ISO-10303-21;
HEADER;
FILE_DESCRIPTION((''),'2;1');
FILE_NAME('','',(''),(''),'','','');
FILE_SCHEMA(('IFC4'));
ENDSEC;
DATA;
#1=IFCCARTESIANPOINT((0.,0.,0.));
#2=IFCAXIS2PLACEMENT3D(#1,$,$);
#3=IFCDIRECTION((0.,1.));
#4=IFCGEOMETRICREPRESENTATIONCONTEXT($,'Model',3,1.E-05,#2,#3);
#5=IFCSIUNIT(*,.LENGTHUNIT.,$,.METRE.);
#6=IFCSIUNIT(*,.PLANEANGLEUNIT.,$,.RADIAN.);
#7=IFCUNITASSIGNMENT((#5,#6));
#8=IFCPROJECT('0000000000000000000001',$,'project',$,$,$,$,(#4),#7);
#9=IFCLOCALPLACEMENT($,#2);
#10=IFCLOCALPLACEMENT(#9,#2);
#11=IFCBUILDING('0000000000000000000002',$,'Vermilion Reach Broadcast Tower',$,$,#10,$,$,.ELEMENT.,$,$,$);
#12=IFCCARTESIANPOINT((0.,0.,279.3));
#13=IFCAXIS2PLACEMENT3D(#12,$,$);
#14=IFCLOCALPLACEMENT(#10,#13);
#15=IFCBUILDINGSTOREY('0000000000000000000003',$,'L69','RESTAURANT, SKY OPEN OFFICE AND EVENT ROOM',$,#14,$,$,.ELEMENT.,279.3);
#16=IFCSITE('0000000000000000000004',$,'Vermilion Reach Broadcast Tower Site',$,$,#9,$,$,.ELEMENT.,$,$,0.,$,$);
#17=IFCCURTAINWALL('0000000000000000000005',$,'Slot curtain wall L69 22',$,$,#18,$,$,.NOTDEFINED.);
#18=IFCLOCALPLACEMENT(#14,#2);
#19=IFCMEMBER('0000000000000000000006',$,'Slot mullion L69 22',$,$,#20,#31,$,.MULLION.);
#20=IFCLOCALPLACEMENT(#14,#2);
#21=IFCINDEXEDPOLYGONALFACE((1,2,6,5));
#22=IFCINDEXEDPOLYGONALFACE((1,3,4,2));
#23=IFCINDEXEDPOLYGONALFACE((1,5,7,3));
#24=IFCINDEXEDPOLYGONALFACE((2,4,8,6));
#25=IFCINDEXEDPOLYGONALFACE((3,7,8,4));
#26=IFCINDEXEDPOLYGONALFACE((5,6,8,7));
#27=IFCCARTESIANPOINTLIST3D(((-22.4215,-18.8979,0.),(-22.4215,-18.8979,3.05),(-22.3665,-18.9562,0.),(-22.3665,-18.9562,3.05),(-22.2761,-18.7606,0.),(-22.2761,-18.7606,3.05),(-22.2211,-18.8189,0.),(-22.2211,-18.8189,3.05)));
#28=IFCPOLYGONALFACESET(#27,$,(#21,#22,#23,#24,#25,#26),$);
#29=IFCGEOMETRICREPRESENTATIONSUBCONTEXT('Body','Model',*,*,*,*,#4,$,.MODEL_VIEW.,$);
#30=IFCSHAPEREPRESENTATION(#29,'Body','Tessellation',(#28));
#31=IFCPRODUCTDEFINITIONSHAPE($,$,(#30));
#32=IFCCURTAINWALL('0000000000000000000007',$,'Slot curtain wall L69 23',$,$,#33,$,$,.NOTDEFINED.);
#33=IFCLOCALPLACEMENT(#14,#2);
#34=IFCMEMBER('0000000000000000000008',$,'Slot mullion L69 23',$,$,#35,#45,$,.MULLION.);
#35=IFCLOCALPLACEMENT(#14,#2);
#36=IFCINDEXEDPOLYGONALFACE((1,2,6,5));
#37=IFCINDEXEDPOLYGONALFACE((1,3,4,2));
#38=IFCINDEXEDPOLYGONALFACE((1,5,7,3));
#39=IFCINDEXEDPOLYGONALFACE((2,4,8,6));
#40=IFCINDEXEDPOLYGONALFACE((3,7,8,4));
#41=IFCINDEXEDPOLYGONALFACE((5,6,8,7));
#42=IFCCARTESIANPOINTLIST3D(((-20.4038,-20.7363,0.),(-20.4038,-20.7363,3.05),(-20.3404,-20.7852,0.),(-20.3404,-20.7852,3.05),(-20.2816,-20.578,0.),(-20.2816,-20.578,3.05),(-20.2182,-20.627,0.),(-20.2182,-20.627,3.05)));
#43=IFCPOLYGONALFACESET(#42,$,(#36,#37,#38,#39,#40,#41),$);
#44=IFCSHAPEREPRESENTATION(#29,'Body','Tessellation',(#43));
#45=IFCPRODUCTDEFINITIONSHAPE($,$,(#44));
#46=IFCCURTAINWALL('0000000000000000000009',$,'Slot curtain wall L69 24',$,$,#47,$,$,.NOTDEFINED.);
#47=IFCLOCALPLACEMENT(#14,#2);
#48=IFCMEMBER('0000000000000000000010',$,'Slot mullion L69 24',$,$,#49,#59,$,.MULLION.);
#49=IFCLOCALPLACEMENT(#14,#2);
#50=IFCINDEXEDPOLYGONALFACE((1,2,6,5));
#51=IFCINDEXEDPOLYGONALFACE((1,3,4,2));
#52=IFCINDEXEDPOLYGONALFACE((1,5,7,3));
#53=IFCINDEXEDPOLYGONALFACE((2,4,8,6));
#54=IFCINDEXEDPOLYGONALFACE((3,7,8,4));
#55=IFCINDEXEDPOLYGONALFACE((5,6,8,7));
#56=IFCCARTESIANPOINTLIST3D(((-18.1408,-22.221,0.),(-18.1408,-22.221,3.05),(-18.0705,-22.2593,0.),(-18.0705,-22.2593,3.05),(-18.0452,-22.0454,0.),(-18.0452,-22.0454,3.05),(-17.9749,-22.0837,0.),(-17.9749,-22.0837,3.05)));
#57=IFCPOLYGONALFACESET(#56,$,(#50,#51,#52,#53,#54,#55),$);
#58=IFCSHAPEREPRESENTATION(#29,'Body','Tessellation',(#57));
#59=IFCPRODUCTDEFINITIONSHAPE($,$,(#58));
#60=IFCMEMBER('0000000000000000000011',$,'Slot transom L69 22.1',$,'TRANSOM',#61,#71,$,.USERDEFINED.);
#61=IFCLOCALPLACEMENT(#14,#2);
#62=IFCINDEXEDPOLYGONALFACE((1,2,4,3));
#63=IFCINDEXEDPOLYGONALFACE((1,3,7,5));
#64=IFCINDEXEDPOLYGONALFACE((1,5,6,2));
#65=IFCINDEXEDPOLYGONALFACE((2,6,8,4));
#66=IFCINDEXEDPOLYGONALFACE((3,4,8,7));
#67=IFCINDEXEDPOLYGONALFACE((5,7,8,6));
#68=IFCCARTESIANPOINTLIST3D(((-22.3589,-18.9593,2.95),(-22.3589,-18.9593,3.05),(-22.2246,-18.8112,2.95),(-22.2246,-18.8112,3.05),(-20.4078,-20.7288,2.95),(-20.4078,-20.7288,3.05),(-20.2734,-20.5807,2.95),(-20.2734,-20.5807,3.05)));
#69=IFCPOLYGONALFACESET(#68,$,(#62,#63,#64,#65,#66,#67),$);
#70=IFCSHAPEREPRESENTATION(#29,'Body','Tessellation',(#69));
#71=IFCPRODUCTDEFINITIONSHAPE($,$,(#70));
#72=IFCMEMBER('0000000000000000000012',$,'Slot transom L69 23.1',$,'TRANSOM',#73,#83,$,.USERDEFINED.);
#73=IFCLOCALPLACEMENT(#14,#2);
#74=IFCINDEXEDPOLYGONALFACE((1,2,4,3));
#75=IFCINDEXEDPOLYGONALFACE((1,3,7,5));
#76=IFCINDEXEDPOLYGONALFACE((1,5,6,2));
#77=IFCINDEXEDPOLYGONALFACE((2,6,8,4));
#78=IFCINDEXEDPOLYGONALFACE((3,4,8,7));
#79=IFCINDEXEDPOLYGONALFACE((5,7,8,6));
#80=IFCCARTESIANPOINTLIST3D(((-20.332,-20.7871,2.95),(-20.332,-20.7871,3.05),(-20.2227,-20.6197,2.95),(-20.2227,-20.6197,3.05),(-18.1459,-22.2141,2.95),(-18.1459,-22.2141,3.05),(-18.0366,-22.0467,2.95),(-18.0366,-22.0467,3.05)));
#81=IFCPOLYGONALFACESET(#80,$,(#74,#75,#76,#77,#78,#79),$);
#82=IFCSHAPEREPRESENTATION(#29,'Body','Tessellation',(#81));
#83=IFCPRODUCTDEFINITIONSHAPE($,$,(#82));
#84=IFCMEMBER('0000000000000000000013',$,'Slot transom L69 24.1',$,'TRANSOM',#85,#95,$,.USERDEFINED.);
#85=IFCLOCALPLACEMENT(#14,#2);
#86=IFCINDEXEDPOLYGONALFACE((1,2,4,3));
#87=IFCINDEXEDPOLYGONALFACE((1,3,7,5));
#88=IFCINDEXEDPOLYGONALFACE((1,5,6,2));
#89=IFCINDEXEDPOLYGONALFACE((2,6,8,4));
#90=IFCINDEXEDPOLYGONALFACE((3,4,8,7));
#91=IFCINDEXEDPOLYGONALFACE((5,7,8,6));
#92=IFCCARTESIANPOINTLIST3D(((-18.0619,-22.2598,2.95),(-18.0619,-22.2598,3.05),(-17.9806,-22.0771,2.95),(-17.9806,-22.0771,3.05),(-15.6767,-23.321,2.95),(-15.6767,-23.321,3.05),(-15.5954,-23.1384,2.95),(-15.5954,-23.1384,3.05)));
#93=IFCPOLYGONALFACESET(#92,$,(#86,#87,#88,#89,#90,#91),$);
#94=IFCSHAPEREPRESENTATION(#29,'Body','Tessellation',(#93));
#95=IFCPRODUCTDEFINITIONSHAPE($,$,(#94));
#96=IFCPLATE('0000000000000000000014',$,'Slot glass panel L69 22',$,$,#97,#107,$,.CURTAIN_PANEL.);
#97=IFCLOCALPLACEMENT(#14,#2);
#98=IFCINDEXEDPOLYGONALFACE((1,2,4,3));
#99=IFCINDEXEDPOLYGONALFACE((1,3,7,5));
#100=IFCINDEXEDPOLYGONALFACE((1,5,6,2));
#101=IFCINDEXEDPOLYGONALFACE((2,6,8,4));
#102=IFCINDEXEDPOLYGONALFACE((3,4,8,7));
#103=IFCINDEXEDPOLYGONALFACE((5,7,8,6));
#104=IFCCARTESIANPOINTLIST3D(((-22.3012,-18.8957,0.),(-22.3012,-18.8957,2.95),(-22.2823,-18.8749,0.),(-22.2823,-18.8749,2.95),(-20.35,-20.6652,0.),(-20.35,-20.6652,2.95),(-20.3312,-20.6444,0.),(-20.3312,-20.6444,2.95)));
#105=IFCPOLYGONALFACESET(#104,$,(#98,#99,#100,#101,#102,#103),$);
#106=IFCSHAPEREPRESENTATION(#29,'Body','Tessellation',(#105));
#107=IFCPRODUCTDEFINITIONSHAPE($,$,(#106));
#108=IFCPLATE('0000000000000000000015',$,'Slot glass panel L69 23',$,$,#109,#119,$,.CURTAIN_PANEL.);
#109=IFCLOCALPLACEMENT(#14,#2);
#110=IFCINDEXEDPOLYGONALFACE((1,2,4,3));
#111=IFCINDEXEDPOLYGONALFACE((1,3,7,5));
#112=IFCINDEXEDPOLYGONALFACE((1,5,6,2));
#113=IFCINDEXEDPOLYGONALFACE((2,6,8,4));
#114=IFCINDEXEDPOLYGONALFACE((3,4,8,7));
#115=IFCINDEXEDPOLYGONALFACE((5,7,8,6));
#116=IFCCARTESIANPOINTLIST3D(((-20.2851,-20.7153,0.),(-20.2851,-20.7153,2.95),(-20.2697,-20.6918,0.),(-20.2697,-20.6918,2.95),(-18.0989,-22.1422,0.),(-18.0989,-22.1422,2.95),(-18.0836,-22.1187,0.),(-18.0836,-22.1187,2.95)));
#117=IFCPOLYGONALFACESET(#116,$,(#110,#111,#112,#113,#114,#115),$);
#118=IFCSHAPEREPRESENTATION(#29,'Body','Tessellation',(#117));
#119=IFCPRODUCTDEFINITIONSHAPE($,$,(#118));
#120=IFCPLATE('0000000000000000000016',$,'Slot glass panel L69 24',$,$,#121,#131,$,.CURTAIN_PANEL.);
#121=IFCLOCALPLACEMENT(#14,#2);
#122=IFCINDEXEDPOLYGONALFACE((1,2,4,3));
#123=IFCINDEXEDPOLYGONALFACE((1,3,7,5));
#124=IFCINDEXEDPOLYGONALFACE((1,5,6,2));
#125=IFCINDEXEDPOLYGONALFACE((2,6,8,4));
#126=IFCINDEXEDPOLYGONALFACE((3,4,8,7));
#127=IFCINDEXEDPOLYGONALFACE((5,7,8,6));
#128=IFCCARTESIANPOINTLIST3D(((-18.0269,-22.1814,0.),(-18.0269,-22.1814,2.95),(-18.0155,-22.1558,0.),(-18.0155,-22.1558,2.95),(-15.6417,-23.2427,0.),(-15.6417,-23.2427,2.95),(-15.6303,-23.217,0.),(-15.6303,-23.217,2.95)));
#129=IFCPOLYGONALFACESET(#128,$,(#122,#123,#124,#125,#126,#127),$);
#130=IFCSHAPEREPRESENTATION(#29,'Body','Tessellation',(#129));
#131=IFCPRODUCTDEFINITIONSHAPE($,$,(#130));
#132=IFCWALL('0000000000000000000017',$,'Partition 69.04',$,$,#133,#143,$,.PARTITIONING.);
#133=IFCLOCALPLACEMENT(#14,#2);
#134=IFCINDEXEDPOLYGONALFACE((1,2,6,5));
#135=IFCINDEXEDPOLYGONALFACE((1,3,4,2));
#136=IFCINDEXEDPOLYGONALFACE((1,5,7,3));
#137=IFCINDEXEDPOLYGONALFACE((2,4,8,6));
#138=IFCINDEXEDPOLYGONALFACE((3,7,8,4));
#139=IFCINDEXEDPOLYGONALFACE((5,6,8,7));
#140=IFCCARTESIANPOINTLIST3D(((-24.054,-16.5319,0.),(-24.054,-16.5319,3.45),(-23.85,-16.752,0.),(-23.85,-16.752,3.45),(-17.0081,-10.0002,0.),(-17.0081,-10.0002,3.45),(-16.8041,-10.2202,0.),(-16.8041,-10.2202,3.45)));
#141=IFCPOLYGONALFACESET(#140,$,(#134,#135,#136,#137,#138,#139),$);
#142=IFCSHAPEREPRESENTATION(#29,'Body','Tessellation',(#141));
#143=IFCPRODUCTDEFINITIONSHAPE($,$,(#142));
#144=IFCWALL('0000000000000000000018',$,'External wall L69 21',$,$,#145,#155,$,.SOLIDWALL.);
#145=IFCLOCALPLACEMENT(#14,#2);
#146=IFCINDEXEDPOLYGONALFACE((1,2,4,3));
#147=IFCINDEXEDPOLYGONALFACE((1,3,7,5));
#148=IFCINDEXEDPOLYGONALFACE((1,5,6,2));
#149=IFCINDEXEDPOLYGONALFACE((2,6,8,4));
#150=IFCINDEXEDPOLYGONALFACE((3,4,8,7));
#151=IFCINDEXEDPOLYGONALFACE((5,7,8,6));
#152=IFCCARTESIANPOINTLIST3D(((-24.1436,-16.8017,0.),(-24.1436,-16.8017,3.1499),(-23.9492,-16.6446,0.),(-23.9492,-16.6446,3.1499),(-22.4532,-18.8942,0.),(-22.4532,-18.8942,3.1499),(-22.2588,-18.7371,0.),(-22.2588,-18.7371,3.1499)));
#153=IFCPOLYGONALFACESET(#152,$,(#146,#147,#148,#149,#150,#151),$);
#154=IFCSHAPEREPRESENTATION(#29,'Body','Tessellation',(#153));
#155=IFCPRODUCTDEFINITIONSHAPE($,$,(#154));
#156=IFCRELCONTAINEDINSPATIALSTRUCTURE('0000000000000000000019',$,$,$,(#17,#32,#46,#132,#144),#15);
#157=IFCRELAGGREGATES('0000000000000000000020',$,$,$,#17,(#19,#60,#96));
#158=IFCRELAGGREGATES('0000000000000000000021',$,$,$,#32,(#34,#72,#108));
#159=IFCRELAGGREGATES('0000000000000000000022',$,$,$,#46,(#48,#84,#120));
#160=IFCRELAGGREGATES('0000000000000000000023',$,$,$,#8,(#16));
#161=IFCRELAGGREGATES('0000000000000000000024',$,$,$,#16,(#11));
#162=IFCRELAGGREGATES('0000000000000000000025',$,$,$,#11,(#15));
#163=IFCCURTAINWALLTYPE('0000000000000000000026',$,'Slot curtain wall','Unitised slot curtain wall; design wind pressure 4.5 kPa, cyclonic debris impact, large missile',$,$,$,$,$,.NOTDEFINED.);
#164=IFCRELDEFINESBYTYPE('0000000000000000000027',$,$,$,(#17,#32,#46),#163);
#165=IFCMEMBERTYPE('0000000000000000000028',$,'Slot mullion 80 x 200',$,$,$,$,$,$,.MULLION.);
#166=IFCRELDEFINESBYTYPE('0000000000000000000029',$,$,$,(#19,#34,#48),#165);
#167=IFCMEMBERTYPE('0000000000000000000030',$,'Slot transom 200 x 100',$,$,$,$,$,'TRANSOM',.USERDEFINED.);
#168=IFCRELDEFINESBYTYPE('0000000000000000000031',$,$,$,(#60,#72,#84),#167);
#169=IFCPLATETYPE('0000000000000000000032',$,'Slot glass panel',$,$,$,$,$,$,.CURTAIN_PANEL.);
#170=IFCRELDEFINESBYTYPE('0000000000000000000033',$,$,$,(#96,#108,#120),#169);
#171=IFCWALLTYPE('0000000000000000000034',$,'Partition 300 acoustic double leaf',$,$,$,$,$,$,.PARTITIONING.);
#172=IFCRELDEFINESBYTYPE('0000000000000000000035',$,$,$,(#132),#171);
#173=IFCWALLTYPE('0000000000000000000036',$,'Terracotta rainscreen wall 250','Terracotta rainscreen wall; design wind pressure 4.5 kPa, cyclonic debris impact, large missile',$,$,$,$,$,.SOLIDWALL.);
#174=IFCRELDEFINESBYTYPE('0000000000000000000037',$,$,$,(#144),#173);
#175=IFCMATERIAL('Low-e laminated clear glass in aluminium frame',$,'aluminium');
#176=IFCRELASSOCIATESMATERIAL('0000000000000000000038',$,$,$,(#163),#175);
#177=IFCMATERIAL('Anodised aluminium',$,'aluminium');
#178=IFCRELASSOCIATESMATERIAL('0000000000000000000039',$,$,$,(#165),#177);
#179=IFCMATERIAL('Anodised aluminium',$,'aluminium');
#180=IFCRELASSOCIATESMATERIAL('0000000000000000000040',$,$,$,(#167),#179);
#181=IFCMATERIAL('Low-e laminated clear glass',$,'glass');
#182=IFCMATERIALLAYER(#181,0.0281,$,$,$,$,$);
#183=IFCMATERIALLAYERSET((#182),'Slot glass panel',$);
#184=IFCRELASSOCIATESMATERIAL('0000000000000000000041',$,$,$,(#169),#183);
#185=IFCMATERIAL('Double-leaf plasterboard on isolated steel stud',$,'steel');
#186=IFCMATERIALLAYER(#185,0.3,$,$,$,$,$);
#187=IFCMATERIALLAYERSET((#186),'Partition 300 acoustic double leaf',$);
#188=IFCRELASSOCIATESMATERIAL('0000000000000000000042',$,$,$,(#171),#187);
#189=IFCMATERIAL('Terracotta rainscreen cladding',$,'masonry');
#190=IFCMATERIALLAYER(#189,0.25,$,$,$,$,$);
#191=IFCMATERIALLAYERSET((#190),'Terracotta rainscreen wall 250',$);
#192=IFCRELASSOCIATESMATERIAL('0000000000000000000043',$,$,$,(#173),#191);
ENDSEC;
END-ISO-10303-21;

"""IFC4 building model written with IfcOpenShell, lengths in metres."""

from ifc_helpers import new_model, si_unit, direction, frame, frame_2d, origin, origin_2d, place, context, subcontext, project, spatial, rectangle, extrude, material, layer, layer_set, material_profile, profile_set, type_object, element, aggregate, save


model = new_model("IFC4")

# Units and contexts
model_context = context("Model", 3, precision=1e-05, world=origin(), true_north=direction((0.0, 1.0)))
body_context = subcontext(model_context, "Body", "Model", "MODEL_VIEW")
ifc_project = project(units=[si_unit("LENGTHUNIT", "METRE"), si_unit("PLANEANGLEUNIT", "RADIAN")], contexts=[model_context])

# Site, building, storey
site_placement = place(None, origin())
site = spatial("IfcSite", under=ifc_project, at=site_placement, Name="Vermilion Reach Broadcast Tower Site", CompositionType="ELEMENT", RefElevation=0.0)
building_placement = place(site_placement, origin())
building = spatial("IfcBuilding", under=site, at=building_placement, Name="Vermilion Reach Broadcast Tower", CompositionType="ELEMENT")
storey_placement = place(building_placement, frame((0.0, 0.0, 279.3)))
storey = spatial("IfcBuildingStorey", under=building, at=storey_placement, Name="L69", Description="RESTAURANT, SKY OPEN OFFICE AND EVENT ROOM", CompositionType="ELEMENT", Elevation=279.3)

# Curtain walls, members
ifc_material_1 = material(Name="Low-e laminated clear glass in aluminium frame", Category="aluminium")
curtain_wall_type = type_object("IfcCurtainWallType", Name="Slot curtain wall", Description="Unitised slot curtain wall; design wind pressure 4.5 kPa, cyclonic debris impact, large missile", PredefinedType="NOTDEFINED", material=ifc_material_1)
placement = place(storey_placement, origin())
curtain_wall_1 = element("IfcCurtainWall", 1, at=placement, inside=storey, type_object=curtain_wall_type, Name="Slot curtain wall L69 22", PredefinedType="NOTDEFINED")
ifc_material_2 = material(Name="Anodised aluminium", Category="aluminium")
ifc_material_profile_1 = material_profile(ifc_material_2, rectangle(XDim=0.2, YDim=0.0801, at=origin_2d()), Name="Slot mullion 80 x 200")
ifc_profile_set_1 = profile_set([ifc_material_profile_1], Name="Anodised aluminium")
member_type_1 = type_object("IfcMemberType", Name="Slot mullion 80 x 200", PredefinedType="MULLION", material=ifc_profile_set_1)
member_1_placement = place(storey_placement, frame((-22.3213, -18.8584, 0.0), z_axis=(0.0, 0.0, 1.0), x_axis=(0.726976, 0.686663, 0.0)))
member_1 = element("IfcMember", 2, at=member_1_placement, type_object=member_type_1, Name="Slot mullion L69 22", PredefinedType="MULLION", context=body_context, shape_type="SweptSolid", body=[
    extrude(rectangle(XDim=0.2, YDim=0.0801, at=origin_2d()), origin(), (0.0, 0.0, 1.0), 3.05),
])
curtain_wall_2 = element("IfcCurtainWall", 3, at=placement, inside=storey, type_object=curtain_wall_type, Name="Slot curtain wall L69 23", PredefinedType="NOTDEFINED")
member_2_placement = place(storey_placement, frame((-20.311, -20.6816, 0.0), z_axis=(0.0, 0.0, 1.0), x_axis=(0.611098, 0.791555, 0.0)))
member_2 = element("IfcMember", 4, at=member_2_placement, type_object=member_type_1, Name="Slot mullion L69 23", PredefinedType="MULLION", context=body_context, shape_type="SweptSolid", body=[
    extrude(rectangle(XDim=0.2, YDim=0.0801, at=origin_2d()), origin(), (0.0, 0.0, 1.0), 3.05),
])
curtain_wall_3 = element("IfcCurtainWall", 5, at=placement, inside=storey, type_object=curtain_wall_type, Name="Slot curtain wall L69 24", PredefinedType="NOTDEFINED")
member_3_placement = place(storey_placement, frame((-18.0579, -22.1523, 0.0), z_axis=(0.0, 0.0, 1.0), x_axis=(0.478079, 0.878317, 0.0)))
member_3 = element("IfcMember", 6, at=member_3_placement, type_object=member_type_1, Name="Slot mullion L69 24", PredefinedType="MULLION", context=body_context, shape_type="SweptSolid", body=[
    extrude(rectangle(XDim=0.2, YDim=0.0801, at=origin_2d()), origin(), (0.0, 0.0, 1.0), 3.05),
])

# Members
ifc_material_3 = material(Name="Anodised aluminium", Category="aluminium")
ifc_material_profile_2 = material_profile(ifc_material_3, rectangle(XDim=0.2, YDim=0.1001, at=origin_2d()), Name="Slot transom 200 x 100")
ifc_profile_set_2 = profile_set([ifc_material_profile_2], Name="Anodised aluminium")
member_type_2 = type_object("IfcMemberType", Name="Slot transom 200 x 100", ElementType="TRANSOM", PredefinedType="USERDEFINED", material=ifc_profile_set_2)
member_4_placement = place(storey_placement, frame((-22.2917, -18.8853, 3.0), z_axis=(0.740745, -0.671787, 0.0), x_axis=(0.671787, 0.740745, 0.0)))
member_4 = element("IfcMember", 7, at=member_4_placement, type_object=member_type_2, Name="Slot transom L69 22.1", ObjectType="TRANSOM", PredefinedType="USERDEFINED", context=body_context, shape_type="SweptSolid", body=[
    extrude(rectangle(XDim=0.2, YDim=0.1001, at=origin_2d()), origin(), (0.0, 0.0, 1.0), 2.634),
])
member_5_placement = place(storey_placement, frame((-20.2773, -20.7034, 3.0), z_axis=(0.837378, -0.546624, 0.0), x_axis=(0.546624, 0.837378, 0.0)))
member_5 = element("IfcMember", 8, at=member_5_placement, type_object=member_type_2, Name="Slot transom L69 23.1", ObjectType="TRANSOM", PredefinedType="USERDEFINED", context=body_context, shape_type="SweptSolid", body=[
    extrude(rectangle(XDim=0.2, YDim=0.1001, at=origin_2d()), origin(), (0.0, 0.0, 1.0), 2.6106),
])
member_6_placement = place(storey_placement, frame((-18.0212, -22.1685, 3.0), z_axis=(0.913646, -0.406512, 0.0), x_axis=(0.406512, 0.913646, 0.0)))
member_6 = element("IfcMember", 9, at=member_6_placement, type_object=member_type_2, Name="Slot transom L69 24.1", ObjectType="TRANSOM", PredefinedType="USERDEFINED", context=body_context, shape_type="SweptSolid", body=[
    extrude(rectangle(XDim=0.2, YDim=0.1001, at=origin_2d()), origin(), (0.0, 0.0, 1.0), 2.6106),
])

# Plates
ifc_material_4 = material(Name="Low-e laminated clear glass", Category="glass")
ifc_layer_1 = layer(ifc_material_4, 0.0281)
ifc_layer_set_1 = layer_set([ifc_layer_1], Name="Slot glass panel")
plate_type = type_object("IfcPlateType", Name="Slot glass panel", PredefinedType="CURTAIN_PANEL", material=ifc_layer_set_1)
plate_1_placement = place(storey_placement, frame((-21.3162, -19.77, 0.0), z_axis=(0.0, 0.0, 1.0), x_axis=(0.740751, -0.67178, 0.0)))
plate_1 = element("IfcPlate", 10, at=plate_1_placement, type_object=plate_type, Name="Slot glass panel L69 22", PredefinedType="CURTAIN_PANEL", context=body_context, shape_type="SweptSolid", body=[
    extrude(rectangle(XDim=2.634, YDim=0.0281, at=origin_2d()), origin(), (0.0, 0.0, 1.0), 2.95),
])
aggregate(curtain_wall_1, [member_1, member_4, plate_1])
plate_2_placement = place(storey_placement, frame((-19.1843, -21.417, 0.0), z_axis=(0.0, 0.0, 1.0), x_axis=(0.837402, -0.546588, 0.0)))
plate_2 = element("IfcPlate", 11, at=plate_2_placement, type_object=plate_type, Name="Slot glass panel L69 23", PredefinedType="CURTAIN_PANEL", context=body_context, shape_type="SweptSolid", body=[
    extrude(rectangle(XDim=2.6106, YDim=0.0281, at=origin_2d()), origin(), (0.0, 0.0, 1.0), 2.95),
])
aggregate(curtain_wall_2, [member_2, member_5, plate_2])
plate_3_placement = place(storey_placement, frame((-16.8286, -22.6992, 0.0), z_axis=(0.0, 0.0, 1.0), x_axis=(0.91364, -0.406525, 0.0)))
plate_3 = element("IfcPlate", 12, at=plate_3_placement, type_object=plate_type, Name="Slot glass panel L69 24", PredefinedType="CURTAIN_PANEL", context=body_context, shape_type="SweptSolid", body=[
    extrude(rectangle(XDim=2.6106, YDim=0.0281, at=origin_2d()), origin(), (0.0, 0.0, 1.0), 2.95),
])
aggregate(curtain_wall_3, [member_3, member_6, plate_3])

# Wall
ifc_material_5 = material(Name="Double-leaf plasterboard on isolated steel stud", Category="steel")
ifc_layer_2 = layer(ifc_material_5, 0.3)
ifc_layer_set_2 = layer_set([ifc_layer_2], Name="Partition 300 acoustic double leaf")
wall_type_1 = type_object("IfcWallType", Name="Partition 300 acoustic double leaf", PredefinedType="PARTITIONING", material=ifc_layer_set_2)
wall_1_placement = place(storey_placement, frame((-23.9519, -16.6418, 0.0), z_axis=(0.0, 0.0, 1.0), x_axis=(0.733358, 0.679843, 0.0)))
element("IfcWall", 13, at=wall_1_placement, inside=storey, type_object=wall_type_1, Name="Partition 69.04", PredefinedType="PARTITIONING", context=body_context, shape_type="SweptSolid", body=[
    extrude(rectangle(XDim=9.6077, YDim=0.3, at=frame_2d((4.8037, 0.0))), origin(), (0.0, 0.0, 1.0), 3.45),
])

# Shared definitions
ifc_material_6 = material(Name="Terracotta rainscreen cladding", Category="masonry")
ifc_layer_3 = layer(ifc_material_6, 0.25)
ifc_layer_set_3 = layer_set([ifc_layer_3], Name="Terracotta rainscreen wall 250")
wall_type_2 = type_object("IfcWallType", Name="Terracotta rainscreen wall 250", Description="Terracotta rainscreen wall; design wind pressure 4.5 kPa, cyclonic debris impact, large missile", PredefinedType="SOLIDWALL", material=ifc_layer_set_3)

# Wall
wall_2_placement = place(storey_placement, frame((-24.0464, -16.7231, 0.0), z_axis=(0.0, 0.0, 1.0), x_axis=(0.628407, -0.777885, 0.0)))
element("IfcWall", 14, at=wall_2_placement, inside=storey, type_object=wall_type_2, Name="External wall L69 21", PredefinedType="SOLIDWALL", context=body_context, shape_type="SweptSolid", body=[
    extrude(rectangle(XDim=2.6899, YDim=0.25, at=frame_2d((1.345, 0.0))), origin(), (0.0, 0.0, 1.0), 3.1499),
])

save(model, "model.ifc")
